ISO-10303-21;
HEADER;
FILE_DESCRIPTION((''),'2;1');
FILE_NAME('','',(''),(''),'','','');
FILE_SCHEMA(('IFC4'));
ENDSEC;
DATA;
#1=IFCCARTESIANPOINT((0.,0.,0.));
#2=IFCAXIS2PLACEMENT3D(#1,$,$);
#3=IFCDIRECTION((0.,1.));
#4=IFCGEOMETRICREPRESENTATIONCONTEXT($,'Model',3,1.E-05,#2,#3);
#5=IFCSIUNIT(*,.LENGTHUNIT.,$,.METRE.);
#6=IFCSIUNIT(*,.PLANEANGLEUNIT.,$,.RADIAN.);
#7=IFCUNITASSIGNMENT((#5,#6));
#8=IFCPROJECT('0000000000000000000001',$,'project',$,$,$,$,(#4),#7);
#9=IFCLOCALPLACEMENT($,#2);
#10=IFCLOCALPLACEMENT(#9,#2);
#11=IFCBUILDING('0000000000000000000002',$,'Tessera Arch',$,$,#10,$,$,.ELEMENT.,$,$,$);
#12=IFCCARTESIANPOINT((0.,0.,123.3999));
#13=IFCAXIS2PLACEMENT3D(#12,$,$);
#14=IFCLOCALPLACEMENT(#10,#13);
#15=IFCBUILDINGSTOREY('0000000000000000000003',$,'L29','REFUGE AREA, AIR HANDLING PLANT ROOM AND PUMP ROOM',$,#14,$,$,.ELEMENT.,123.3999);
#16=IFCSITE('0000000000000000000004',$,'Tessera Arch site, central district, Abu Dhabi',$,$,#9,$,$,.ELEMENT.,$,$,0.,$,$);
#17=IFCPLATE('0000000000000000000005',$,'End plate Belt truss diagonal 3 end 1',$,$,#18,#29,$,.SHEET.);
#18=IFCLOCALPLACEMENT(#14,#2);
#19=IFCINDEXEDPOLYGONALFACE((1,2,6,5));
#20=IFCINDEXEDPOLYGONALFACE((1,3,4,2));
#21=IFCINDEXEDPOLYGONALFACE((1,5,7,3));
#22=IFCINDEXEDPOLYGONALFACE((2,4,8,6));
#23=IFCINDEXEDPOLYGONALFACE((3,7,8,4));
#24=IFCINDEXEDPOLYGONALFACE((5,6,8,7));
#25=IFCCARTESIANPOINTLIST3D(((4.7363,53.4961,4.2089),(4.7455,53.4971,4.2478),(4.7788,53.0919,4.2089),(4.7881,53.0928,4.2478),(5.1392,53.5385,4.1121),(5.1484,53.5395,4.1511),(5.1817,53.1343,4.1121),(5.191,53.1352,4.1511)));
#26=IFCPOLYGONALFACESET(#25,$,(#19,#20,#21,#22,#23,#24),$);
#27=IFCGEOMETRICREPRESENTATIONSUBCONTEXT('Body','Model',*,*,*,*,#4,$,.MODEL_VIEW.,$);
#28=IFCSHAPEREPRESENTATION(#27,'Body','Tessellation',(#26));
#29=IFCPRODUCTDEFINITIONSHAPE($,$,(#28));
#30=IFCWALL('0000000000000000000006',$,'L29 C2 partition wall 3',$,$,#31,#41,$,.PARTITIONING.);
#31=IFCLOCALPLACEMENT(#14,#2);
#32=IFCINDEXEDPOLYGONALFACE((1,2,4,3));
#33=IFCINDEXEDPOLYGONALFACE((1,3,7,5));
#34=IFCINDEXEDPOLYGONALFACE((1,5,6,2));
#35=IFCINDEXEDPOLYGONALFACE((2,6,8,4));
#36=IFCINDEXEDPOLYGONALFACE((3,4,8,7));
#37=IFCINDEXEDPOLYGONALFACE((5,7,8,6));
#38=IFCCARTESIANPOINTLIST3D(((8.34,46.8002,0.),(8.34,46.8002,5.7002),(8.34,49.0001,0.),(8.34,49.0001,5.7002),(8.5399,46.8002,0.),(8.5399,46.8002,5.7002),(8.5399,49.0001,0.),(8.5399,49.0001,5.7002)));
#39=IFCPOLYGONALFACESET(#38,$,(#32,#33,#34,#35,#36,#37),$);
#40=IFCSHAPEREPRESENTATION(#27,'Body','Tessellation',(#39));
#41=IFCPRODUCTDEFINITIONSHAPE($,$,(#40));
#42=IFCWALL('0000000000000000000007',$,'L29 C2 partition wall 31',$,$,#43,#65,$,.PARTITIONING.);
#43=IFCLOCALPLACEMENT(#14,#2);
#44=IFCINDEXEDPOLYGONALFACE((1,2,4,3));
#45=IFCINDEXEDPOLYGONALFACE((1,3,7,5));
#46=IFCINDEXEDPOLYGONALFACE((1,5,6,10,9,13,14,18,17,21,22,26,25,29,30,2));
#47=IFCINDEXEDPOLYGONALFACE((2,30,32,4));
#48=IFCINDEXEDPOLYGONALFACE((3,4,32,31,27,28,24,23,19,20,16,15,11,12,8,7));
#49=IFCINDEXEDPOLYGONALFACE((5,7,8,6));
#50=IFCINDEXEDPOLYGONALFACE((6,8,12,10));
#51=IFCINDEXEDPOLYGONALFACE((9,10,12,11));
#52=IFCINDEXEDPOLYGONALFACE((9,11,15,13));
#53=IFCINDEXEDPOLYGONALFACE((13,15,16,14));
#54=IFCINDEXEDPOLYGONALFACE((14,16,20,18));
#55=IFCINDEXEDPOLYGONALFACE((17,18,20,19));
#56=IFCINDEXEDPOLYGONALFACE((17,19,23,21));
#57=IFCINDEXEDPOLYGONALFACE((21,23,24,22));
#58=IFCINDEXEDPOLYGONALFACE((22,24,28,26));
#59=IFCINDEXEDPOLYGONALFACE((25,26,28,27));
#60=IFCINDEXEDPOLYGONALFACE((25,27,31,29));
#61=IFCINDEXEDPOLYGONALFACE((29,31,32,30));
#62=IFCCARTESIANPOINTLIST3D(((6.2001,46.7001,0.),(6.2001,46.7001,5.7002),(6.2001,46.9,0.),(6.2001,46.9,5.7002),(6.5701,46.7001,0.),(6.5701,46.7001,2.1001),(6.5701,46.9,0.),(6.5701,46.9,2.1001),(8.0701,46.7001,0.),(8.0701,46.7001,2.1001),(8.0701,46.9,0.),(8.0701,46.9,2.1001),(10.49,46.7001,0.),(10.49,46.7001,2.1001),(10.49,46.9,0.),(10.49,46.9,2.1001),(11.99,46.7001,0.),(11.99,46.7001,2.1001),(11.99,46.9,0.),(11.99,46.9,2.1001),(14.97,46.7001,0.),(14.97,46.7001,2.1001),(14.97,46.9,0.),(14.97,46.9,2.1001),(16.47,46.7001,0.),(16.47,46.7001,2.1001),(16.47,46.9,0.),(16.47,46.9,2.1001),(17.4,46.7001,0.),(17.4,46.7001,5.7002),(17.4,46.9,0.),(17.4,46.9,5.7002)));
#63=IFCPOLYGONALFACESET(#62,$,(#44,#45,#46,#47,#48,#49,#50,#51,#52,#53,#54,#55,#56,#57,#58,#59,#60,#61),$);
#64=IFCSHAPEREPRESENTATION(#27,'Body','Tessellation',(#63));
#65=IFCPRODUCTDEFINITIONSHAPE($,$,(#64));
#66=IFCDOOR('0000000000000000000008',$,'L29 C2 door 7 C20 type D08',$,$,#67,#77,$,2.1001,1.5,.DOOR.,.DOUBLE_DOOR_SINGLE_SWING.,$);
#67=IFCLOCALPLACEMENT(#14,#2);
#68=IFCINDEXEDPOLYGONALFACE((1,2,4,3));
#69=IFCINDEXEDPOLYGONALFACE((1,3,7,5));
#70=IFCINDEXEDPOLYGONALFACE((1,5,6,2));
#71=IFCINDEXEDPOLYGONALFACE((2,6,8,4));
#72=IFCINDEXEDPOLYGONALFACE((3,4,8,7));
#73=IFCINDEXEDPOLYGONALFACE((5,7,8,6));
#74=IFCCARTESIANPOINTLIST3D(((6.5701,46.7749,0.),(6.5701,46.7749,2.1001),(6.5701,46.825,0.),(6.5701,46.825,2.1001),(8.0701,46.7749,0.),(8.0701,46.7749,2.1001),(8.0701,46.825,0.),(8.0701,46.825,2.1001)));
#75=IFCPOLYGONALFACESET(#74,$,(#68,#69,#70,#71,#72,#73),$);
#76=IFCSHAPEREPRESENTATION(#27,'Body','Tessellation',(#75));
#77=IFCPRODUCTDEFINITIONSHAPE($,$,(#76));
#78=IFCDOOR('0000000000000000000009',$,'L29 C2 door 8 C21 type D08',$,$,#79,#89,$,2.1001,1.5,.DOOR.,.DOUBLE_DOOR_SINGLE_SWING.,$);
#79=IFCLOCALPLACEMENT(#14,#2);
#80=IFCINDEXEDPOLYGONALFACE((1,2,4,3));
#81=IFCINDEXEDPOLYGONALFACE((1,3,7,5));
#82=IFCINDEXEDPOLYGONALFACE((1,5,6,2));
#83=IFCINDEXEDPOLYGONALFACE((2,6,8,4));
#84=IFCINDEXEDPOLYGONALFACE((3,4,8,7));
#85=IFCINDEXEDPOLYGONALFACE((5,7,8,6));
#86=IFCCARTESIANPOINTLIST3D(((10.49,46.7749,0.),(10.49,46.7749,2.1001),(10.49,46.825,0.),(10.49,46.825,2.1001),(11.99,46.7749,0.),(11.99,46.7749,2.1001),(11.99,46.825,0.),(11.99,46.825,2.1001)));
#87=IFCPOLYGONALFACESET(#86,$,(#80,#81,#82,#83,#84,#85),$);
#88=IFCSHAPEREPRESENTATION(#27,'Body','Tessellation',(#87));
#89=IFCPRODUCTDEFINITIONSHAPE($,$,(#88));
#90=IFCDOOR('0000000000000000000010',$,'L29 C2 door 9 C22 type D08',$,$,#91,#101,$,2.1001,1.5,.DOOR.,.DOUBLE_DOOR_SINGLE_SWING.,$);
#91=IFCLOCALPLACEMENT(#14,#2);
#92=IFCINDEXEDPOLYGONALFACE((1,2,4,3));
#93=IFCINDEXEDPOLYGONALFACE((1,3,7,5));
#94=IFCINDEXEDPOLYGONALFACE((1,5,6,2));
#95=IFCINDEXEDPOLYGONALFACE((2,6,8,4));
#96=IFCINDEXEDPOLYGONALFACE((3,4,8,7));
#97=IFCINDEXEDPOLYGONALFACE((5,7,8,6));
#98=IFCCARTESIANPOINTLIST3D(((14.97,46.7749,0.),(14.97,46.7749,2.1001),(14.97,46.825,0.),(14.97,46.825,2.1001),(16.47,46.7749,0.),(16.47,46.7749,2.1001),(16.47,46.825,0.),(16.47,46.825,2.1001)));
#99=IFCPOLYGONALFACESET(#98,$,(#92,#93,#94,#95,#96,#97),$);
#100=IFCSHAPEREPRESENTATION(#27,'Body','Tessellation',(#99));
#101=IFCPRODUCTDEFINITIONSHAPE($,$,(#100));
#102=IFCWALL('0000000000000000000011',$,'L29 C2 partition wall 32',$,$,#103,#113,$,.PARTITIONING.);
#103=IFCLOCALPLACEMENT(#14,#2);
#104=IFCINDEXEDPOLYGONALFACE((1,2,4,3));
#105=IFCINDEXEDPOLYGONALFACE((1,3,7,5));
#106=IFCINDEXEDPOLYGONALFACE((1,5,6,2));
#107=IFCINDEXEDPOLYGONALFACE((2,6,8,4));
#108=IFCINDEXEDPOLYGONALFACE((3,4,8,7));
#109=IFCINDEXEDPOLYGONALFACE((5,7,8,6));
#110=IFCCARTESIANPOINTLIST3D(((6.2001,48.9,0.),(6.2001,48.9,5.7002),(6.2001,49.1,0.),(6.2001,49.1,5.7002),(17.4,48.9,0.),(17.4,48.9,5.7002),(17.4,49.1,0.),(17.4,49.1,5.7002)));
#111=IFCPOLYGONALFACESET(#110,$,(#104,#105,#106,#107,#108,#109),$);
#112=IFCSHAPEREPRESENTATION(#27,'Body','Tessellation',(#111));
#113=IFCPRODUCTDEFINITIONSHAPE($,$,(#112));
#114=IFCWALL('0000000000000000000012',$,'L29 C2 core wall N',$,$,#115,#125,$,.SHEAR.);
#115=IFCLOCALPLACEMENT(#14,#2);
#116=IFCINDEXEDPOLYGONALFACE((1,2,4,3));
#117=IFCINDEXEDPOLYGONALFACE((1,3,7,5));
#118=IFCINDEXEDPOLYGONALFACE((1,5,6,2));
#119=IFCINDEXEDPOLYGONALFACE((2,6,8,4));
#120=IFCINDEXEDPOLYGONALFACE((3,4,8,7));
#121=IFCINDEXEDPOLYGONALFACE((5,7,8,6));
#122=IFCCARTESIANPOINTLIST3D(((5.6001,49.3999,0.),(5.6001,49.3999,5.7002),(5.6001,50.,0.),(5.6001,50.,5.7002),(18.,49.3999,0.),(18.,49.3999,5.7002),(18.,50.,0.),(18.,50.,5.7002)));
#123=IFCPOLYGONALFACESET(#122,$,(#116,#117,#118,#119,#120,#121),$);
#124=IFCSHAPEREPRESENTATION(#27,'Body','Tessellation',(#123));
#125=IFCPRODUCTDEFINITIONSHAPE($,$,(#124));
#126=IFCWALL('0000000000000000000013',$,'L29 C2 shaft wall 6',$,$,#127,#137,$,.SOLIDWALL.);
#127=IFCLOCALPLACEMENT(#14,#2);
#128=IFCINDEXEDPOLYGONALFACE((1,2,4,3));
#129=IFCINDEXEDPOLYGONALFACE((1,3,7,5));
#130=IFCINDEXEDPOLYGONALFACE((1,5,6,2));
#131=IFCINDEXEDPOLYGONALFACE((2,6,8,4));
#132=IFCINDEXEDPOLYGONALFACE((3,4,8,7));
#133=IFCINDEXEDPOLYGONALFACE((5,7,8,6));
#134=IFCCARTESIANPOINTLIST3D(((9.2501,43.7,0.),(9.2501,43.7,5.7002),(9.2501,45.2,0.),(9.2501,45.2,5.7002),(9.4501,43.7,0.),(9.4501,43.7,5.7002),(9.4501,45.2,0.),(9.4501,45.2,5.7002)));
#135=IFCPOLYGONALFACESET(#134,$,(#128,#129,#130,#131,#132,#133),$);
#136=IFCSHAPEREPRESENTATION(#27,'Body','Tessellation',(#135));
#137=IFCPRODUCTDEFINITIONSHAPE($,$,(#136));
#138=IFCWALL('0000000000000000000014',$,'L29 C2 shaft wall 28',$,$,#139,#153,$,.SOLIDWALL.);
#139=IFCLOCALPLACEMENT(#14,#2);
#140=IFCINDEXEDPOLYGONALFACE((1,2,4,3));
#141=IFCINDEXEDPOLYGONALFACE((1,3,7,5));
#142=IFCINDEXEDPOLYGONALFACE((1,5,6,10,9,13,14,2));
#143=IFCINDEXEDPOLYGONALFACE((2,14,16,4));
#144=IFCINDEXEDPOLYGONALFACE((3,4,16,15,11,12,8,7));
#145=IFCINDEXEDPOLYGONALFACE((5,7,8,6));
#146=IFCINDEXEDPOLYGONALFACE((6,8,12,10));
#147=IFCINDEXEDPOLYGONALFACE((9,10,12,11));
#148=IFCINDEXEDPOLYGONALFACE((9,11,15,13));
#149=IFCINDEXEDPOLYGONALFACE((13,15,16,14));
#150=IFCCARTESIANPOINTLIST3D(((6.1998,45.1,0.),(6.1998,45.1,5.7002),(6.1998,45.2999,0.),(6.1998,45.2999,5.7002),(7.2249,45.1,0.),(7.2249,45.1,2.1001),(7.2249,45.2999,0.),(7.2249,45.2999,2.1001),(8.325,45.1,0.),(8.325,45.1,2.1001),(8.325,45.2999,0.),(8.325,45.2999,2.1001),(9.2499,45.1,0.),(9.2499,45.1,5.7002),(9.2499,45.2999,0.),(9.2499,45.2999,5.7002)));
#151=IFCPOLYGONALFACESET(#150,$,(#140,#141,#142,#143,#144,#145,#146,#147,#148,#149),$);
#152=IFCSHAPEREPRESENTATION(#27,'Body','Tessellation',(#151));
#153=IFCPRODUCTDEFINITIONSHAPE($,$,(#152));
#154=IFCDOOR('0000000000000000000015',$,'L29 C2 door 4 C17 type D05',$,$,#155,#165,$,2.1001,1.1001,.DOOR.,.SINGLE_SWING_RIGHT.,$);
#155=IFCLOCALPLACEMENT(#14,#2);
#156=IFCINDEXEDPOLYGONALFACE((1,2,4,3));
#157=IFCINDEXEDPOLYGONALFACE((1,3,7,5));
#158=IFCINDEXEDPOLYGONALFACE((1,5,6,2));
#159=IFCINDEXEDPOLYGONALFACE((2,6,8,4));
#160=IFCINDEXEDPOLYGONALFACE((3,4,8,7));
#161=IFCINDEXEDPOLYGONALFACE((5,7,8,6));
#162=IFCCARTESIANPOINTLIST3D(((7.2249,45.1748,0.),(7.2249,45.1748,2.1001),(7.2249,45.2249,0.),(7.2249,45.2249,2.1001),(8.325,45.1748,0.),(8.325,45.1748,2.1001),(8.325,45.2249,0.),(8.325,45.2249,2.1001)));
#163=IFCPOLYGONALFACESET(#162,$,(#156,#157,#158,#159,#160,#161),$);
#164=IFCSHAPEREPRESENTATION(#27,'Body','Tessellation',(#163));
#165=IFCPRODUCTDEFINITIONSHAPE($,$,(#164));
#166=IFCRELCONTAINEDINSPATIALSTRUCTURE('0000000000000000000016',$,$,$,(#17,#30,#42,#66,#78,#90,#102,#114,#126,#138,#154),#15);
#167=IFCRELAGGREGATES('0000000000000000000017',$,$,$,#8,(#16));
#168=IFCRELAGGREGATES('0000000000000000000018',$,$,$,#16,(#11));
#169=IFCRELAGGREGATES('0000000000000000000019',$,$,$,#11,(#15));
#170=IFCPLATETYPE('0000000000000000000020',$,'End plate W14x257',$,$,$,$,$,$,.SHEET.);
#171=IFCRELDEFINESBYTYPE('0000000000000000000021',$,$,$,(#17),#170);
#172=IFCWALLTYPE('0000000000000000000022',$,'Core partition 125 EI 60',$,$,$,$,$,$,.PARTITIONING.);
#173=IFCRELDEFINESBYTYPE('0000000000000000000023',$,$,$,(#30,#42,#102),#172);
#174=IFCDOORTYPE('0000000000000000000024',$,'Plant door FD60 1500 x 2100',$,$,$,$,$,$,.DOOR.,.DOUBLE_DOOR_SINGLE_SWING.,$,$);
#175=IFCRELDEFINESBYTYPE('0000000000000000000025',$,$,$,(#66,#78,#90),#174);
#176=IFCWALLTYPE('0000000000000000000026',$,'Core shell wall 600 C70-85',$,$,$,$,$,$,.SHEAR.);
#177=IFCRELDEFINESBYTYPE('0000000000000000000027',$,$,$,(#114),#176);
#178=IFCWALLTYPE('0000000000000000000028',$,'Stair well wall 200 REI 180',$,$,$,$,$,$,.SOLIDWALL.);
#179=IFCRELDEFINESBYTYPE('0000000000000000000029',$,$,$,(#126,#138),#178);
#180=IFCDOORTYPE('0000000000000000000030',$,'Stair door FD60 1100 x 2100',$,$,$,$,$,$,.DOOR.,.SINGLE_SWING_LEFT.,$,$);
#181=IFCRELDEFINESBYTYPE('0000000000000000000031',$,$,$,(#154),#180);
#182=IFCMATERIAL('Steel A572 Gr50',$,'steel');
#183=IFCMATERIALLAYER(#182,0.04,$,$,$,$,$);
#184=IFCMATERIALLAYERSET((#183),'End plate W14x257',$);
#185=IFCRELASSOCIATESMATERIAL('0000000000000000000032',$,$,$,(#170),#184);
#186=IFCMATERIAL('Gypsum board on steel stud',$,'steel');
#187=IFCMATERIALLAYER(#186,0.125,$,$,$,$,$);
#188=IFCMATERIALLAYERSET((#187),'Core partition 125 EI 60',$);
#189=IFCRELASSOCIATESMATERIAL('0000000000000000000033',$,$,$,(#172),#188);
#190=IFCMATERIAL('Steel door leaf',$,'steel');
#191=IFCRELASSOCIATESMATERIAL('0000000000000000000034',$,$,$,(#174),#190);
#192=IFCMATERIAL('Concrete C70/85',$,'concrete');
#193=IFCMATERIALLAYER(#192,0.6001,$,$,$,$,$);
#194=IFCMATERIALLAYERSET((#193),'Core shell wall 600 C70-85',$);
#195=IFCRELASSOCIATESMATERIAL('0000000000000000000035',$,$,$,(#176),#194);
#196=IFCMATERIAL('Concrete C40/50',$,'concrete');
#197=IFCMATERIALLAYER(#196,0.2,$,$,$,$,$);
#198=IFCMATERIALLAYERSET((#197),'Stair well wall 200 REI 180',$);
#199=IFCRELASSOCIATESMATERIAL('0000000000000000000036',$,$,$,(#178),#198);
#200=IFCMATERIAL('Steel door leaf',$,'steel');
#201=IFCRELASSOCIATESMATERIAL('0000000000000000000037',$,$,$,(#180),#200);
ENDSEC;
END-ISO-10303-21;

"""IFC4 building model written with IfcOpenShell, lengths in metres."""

from ifc_helpers import new_model, si_unit, direction, frame, frame_2d, origin, origin_2d, place, context, subcontext, project, spatial, rectangle, extrude, material, layer, layer_set, type_object, element, fill, save


model = new_model("IFC4")

# Units and contexts
model_context = context("Model", 3, precision=1e-05, world=origin(), true_north=direction((0.0, 1.0)))
body_context = subcontext(model_context, "Body", "Model", "MODEL_VIEW")
ifc_project = project(units=[si_unit("LENGTHUNIT", "METRE"), si_unit("PLANEANGLEUNIT", "RADIAN")], contexts=[model_context])

# Site, building, storey
site_placement = place(None, origin())
site = spatial("IfcSite", under=ifc_project, at=site_placement, Name="Tessera Arch site, central district, Abu Dhabi", CompositionType="ELEMENT", RefElevation=0.0)
building_placement = place(site_placement, origin())
building = spatial("IfcBuilding", under=site, at=building_placement, Name="Tessera Arch", CompositionType="ELEMENT")
storey_placement = place(building_placement, frame((0.0, 0.0, 123.3999)))
storey = spatial("IfcBuildingStorey", under=building, at=storey_placement, Name="L29", Description="REFUGE AREA, AIR HANDLING PLANT ROOM AND PUMP ROOM", CompositionType="ELEMENT", Elevation=123.3999)

# Plate
ifc_material_1 = material(Name="Steel A572 Gr50", Category="steel")
ifc_layer_1 = layer(ifc_material_1, 0.04)
ifc_layer_set_1 = layer_set([ifc_layer_1], Name="End plate W14x257")
plate_type = type_object("IfcPlateType", Name="End plate W14x257", PredefinedType="SHEET", material=ifc_layer_set_1)
plate_placement = place(storey_placement, frame((4.9683, 53.3162, 4.1995), z_axis=(-0.231004, -0.024316, -0.972649), x_axis=(0.104685, -0.994505, 0.0)))
element("IfcPlate", 1, at=plate_placement, inside=storey, type_object=plate_type, Name="End plate Belt truss diagonal 3 end 1", PredefinedType="SHEET", context=body_context, shape_type="SweptSolid", body=[
    extrude(rectangle(XDim=0.4065, YDim=0.4165, at=origin_2d()), origin(), (0.0, 0.0, 1.0), 0.04),
])

# Wall
ifc_material_2 = material(Name="Gypsum board on steel stud", Category="steel")
ifc_layer_2 = layer(ifc_material_2, 0.125)
ifc_layer_set_2 = layer_set([ifc_layer_2], Name="Core partition 125 EI 60")
wall_type_1 = type_object("IfcWallType", Name="Core partition 125 EI 60", PredefinedType="PARTITIONING", material=ifc_layer_set_2)
wall_1_placement = place(storey_placement, frame((8.4399, 46.8, 0.0), z_axis=(0.0, 0.0, 1.0), x_axis=(0.0, 1.0, 0.0)))
element("IfcWall", 2, at=wall_1_placement, inside=storey, type_object=wall_type_1, Name="L29 C2 partition wall 3", PredefinedType="PARTITIONING", context=body_context, shape_type="SweptSolid", body=[
    extrude(rectangle(XDim=2.2, YDim=0.2, at=frame_2d((1.1001, 0.0))), origin(), (0.0, 0.0, 1.0), 5.7002),
])

# Wall, openings, doors
wall_2_placement = place(storey_placement, frame((6.2, 46.8, 0.0), z_axis=(0.0, 0.0, 1.0), x_axis=(1.0, 0.0, 0.0)))
wall_2 = element("IfcWall", 3, at=wall_2_placement, inside=storey, type_object=wall_type_1, Name="L29 C2 partition wall 31", PredefinedType="PARTITIONING", context=body_context, shape_type="SweptSolid", body=[
    extrude(rectangle(XDim=11.2, YDim=0.2, at=frame_2d((5.6001, 0.0))), origin(), (0.0, 0.0, 1.0), 5.7002),
])
opening_1_placement = place(wall_2_placement, frame((0.3701, 0.0, 0.0)))
opening_1 = element("IfcOpeningElement", 4, at=opening_1_placement, cuts=wall_2, PredefinedType="OPENING", context=body_context, shape_type="SweptSolid", body=[
    extrude(rectangle(XDim=1.5, YDim=2.1001, at=frame_2d((0.75, 1.05))), frame((0.0, 0.1099, 0.0), z_axis=(0.0, -1.0, 0.0), x_axis=(1.0, 0.0, 0.0)), (0.0, 0.0, 1.0), 0.22),
])
opening_2_placement = place(wall_2_placement, frame((4.29, 0.0, 0.0)))
opening_2 = element("IfcOpeningElement", 5, at=opening_2_placement, cuts=wall_2, PredefinedType="OPENING", context=body_context, shape_type="SweptSolid", body=[
    extrude(rectangle(XDim=1.5, YDim=2.1001, at=frame_2d((0.75, 1.05))), frame((0.0, 0.1099, 0.0), z_axis=(0.0, -1.0, 0.0), x_axis=(1.0, 0.0, 0.0)), (0.0, 0.0, 1.0), 0.22),
])
opening_3_placement = place(wall_2_placement, frame((8.77, 0.0, 0.0)))
opening_3 = element("IfcOpeningElement", 6, at=opening_3_placement, cuts=wall_2, PredefinedType="OPENING", context=body_context, shape_type="SweptSolid", body=[
    extrude(rectangle(XDim=1.5, YDim=2.1001, at=frame_2d((0.75, 1.05))), frame((0.0, 0.1099, 0.0), z_axis=(0.0, -1.0, 0.0), x_axis=(1.0, 0.0, 0.0)), (0.0, 0.0, 1.0), 0.22),
])
ifc_material_3 = material(Name="Steel door leaf", Category="steel")
door_type_1 = type_object("IfcDoorType", Name="Plant door FD60 1500 x 2100", OperationType="DOUBLE_DOOR_SINGLE_SWING", PredefinedType="DOOR", material=ifc_material_3)
door_1_placement = place(opening_1_placement, origin())
door_1 = element("IfcDoor", 7, at=door_1_placement, inside=storey, type_object=door_type_1, Name="L29 C2 door 7 C20 type D08", OperationType="DOUBLE_DOOR_SINGLE_SWING", OverallHeight=2.1001, OverallWidth=1.5, PredefinedType="DOOR", context=body_context, shape_type="SweptSolid", body=[
    extrude(rectangle(XDim=1.5, YDim=2.1001, at=frame_2d((0.75, 1.05))), frame((0.0, 0.0249, 0.0), z_axis=(0.0, -1.0, 0.0), x_axis=(1.0, 0.0, 0.0)), (0.0, 0.0, 1.0), 0.05),
])
fill(opening_1, door_1)
door_2_placement = place(opening_2_placement, origin())
door_2 = element("IfcDoor", 8, at=door_2_placement, inside=storey, type_object=door_type_1, Name="L29 C2 door 8 C21 type D08", OperationType="DOUBLE_DOOR_SINGLE_SWING", OverallHeight=2.1001, OverallWidth=1.5, PredefinedType="DOOR", context=body_context, shape_type="SweptSolid", body=[
    extrude(rectangle(XDim=1.5, YDim=2.1001, at=frame_2d((0.75, 1.05))), frame((0.0, 0.0249, 0.0), z_axis=(0.0, -1.0, 0.0), x_axis=(1.0, 0.0, 0.0)), (0.0, 0.0, 1.0), 0.05),
])
fill(opening_2, door_2)
door_3_placement = place(opening_3_placement, origin())
door_3 = element("IfcDoor", 9, at=door_3_placement, inside=storey, type_object=door_type_1, Name="L29 C2 door 9 C22 type D08", OperationType="DOUBLE_DOOR_SINGLE_SWING", OverallHeight=2.1001, OverallWidth=1.5, PredefinedType="DOOR", context=body_context, shape_type="SweptSolid", body=[
    extrude(rectangle(XDim=1.5, YDim=2.1001, at=frame_2d((0.75, 1.05))), frame((0.0, 0.0249, 0.0), z_axis=(0.0, -1.0, 0.0), x_axis=(1.0, 0.0, 0.0)), (0.0, 0.0, 1.0), 0.05),
])
fill(opening_3, door_3)

# Walls
wall_3_placement = place(storey_placement, frame((6.2, 49.0, 0.0), z_axis=(0.0, 0.0, 1.0), x_axis=(1.0, 0.0, 0.0)))
element("IfcWall", 10, at=wall_3_placement, inside=storey, type_object=wall_type_1, Name="L29 C2 partition wall 32", PredefinedType="PARTITIONING", context=body_context, shape_type="SweptSolid", body=[
    extrude(rectangle(XDim=11.2, YDim=0.2, at=frame_2d((5.6001, 0.0))), origin(), (0.0, 0.0, 1.0), 5.7002),
])
ifc_material_4 = material(Name="Concrete C70/85", Category="concrete")
ifc_layer_3 = layer(ifc_material_4, 0.6001)
ifc_layer_set_3 = layer_set([ifc_layer_3], Name="Core shell wall 600 C70-85")
wall_type_2 = type_object("IfcWallType", Name="Core shell wall 600 C70-85", PredefinedType="SHEAR", material=ifc_layer_set_3)
wall_4_placement = place(storey_placement, frame((5.6001, 49.7, 0.0), z_axis=(0.0, 0.0, 1.0), x_axis=(1.0, 0.0, 0.0)))
element("IfcWall", 11, at=wall_4_placement, inside=storey, type_object=wall_type_2, Name="L29 C2 core wall N", PredefinedType="SHEAR", context=body_context, shape_type="SweptSolid", body=[
    extrude(rectangle(XDim=12.3999, YDim=0.6001, at=frame_2d((6.2, 0.0))), origin(), (0.0, 0.0, 1.0), 5.7002),
])
ifc_material_5 = material(Name="Concrete C40/50", Category="concrete")
ifc_layer_4 = layer(ifc_material_5, 0.2)
ifc_layer_set_4 = layer_set([ifc_layer_4], Name="Stair well wall 200 REI 180")
wall_type_3 = type_object("IfcWallType", Name="Stair well wall 200 REI 180", PredefinedType="SOLIDWALL", material=ifc_layer_set_4)
wall_5_placement = place(storey_placement, frame((9.3501, 43.7, 0.0), z_axis=(0.0, 0.0, 1.0), x_axis=(0.0, 1.0, 0.0)))
element("IfcWall", 12, at=wall_5_placement, inside=storey, type_object=wall_type_3, Name="L29 C2 shaft wall 6", PredefinedType="SOLIDWALL", context=body_context, shape_type="SweptSolid", body=[
    extrude(rectangle(XDim=1.5, YDim=0.2, at=frame_2d((0.75, 0.0))), origin(), (0.0, 0.0, 1.0), 5.7002),
])

# Wall, opening, door
wall_6_placement = place(storey_placement, frame((6.2, 45.2, 0.0), z_axis=(0.0, 0.0, 1.0), x_axis=(1.0, 0.0, 0.0)))
wall_6 = element("IfcWall", 13, at=wall_6_placement, inside=storey, type_object=wall_type_3, Name="L29 C2 shaft wall 28", PredefinedType="SOLIDWALL", context=body_context, shape_type="SweptSolid", body=[
    extrude(rectangle(XDim=3.05, YDim=0.2, at=frame_2d((1.5249, 0.0))), origin(), (0.0, 0.0, 1.0), 5.7002),
])
opening_4_placement = place(wall_6_placement, frame((1.0249, 0.0, 0.0)))
opening_4 = element("IfcOpeningElement", 14, at=opening_4_placement, cuts=wall_6, PredefinedType="OPENING", context=body_context, shape_type="SweptSolid", body=[
    extrude(rectangle(XDim=1.1001, YDim=2.1001, at=frame_2d((0.55, 1.05))), frame((0.0, 0.1099, 0.0), z_axis=(0.0, -1.0, 0.0), x_axis=(1.0, 0.0, 0.0)), (0.0, 0.0, 1.0), 0.22),
])
ifc_material_6 = material(Name="Steel door leaf", Category="steel")
door_type_2 = type_object("IfcDoorType", Name="Stair door FD60 1100 x 2100", OperationType="SINGLE_SWING_LEFT", PredefinedType="DOOR", material=ifc_material_6)
door_4_placement = place(opening_4_placement, origin())
door_4 = element("IfcDoor", 15, at=door_4_placement, inside=storey, type_object=door_type_2, Name="L29 C2 door 4 C17 type D05", OperationType="SINGLE_SWING_RIGHT", OverallHeight=2.1001, OverallWidth=1.1001, PredefinedType="DOOR", context=body_context, shape_type="SweptSolid", body=[
    extrude(rectangle(XDim=1.1001, YDim=2.1001, at=frame_2d((0.55, 1.05))), frame((0.0, 0.0249, 0.0), z_axis=(0.0, -1.0, 0.0), x_axis=(1.0, 0.0, 0.0)), (0.0, 0.0, 1.0), 0.05),
])
fill(opening_4, door_4)

save(model, "model.ifc")
